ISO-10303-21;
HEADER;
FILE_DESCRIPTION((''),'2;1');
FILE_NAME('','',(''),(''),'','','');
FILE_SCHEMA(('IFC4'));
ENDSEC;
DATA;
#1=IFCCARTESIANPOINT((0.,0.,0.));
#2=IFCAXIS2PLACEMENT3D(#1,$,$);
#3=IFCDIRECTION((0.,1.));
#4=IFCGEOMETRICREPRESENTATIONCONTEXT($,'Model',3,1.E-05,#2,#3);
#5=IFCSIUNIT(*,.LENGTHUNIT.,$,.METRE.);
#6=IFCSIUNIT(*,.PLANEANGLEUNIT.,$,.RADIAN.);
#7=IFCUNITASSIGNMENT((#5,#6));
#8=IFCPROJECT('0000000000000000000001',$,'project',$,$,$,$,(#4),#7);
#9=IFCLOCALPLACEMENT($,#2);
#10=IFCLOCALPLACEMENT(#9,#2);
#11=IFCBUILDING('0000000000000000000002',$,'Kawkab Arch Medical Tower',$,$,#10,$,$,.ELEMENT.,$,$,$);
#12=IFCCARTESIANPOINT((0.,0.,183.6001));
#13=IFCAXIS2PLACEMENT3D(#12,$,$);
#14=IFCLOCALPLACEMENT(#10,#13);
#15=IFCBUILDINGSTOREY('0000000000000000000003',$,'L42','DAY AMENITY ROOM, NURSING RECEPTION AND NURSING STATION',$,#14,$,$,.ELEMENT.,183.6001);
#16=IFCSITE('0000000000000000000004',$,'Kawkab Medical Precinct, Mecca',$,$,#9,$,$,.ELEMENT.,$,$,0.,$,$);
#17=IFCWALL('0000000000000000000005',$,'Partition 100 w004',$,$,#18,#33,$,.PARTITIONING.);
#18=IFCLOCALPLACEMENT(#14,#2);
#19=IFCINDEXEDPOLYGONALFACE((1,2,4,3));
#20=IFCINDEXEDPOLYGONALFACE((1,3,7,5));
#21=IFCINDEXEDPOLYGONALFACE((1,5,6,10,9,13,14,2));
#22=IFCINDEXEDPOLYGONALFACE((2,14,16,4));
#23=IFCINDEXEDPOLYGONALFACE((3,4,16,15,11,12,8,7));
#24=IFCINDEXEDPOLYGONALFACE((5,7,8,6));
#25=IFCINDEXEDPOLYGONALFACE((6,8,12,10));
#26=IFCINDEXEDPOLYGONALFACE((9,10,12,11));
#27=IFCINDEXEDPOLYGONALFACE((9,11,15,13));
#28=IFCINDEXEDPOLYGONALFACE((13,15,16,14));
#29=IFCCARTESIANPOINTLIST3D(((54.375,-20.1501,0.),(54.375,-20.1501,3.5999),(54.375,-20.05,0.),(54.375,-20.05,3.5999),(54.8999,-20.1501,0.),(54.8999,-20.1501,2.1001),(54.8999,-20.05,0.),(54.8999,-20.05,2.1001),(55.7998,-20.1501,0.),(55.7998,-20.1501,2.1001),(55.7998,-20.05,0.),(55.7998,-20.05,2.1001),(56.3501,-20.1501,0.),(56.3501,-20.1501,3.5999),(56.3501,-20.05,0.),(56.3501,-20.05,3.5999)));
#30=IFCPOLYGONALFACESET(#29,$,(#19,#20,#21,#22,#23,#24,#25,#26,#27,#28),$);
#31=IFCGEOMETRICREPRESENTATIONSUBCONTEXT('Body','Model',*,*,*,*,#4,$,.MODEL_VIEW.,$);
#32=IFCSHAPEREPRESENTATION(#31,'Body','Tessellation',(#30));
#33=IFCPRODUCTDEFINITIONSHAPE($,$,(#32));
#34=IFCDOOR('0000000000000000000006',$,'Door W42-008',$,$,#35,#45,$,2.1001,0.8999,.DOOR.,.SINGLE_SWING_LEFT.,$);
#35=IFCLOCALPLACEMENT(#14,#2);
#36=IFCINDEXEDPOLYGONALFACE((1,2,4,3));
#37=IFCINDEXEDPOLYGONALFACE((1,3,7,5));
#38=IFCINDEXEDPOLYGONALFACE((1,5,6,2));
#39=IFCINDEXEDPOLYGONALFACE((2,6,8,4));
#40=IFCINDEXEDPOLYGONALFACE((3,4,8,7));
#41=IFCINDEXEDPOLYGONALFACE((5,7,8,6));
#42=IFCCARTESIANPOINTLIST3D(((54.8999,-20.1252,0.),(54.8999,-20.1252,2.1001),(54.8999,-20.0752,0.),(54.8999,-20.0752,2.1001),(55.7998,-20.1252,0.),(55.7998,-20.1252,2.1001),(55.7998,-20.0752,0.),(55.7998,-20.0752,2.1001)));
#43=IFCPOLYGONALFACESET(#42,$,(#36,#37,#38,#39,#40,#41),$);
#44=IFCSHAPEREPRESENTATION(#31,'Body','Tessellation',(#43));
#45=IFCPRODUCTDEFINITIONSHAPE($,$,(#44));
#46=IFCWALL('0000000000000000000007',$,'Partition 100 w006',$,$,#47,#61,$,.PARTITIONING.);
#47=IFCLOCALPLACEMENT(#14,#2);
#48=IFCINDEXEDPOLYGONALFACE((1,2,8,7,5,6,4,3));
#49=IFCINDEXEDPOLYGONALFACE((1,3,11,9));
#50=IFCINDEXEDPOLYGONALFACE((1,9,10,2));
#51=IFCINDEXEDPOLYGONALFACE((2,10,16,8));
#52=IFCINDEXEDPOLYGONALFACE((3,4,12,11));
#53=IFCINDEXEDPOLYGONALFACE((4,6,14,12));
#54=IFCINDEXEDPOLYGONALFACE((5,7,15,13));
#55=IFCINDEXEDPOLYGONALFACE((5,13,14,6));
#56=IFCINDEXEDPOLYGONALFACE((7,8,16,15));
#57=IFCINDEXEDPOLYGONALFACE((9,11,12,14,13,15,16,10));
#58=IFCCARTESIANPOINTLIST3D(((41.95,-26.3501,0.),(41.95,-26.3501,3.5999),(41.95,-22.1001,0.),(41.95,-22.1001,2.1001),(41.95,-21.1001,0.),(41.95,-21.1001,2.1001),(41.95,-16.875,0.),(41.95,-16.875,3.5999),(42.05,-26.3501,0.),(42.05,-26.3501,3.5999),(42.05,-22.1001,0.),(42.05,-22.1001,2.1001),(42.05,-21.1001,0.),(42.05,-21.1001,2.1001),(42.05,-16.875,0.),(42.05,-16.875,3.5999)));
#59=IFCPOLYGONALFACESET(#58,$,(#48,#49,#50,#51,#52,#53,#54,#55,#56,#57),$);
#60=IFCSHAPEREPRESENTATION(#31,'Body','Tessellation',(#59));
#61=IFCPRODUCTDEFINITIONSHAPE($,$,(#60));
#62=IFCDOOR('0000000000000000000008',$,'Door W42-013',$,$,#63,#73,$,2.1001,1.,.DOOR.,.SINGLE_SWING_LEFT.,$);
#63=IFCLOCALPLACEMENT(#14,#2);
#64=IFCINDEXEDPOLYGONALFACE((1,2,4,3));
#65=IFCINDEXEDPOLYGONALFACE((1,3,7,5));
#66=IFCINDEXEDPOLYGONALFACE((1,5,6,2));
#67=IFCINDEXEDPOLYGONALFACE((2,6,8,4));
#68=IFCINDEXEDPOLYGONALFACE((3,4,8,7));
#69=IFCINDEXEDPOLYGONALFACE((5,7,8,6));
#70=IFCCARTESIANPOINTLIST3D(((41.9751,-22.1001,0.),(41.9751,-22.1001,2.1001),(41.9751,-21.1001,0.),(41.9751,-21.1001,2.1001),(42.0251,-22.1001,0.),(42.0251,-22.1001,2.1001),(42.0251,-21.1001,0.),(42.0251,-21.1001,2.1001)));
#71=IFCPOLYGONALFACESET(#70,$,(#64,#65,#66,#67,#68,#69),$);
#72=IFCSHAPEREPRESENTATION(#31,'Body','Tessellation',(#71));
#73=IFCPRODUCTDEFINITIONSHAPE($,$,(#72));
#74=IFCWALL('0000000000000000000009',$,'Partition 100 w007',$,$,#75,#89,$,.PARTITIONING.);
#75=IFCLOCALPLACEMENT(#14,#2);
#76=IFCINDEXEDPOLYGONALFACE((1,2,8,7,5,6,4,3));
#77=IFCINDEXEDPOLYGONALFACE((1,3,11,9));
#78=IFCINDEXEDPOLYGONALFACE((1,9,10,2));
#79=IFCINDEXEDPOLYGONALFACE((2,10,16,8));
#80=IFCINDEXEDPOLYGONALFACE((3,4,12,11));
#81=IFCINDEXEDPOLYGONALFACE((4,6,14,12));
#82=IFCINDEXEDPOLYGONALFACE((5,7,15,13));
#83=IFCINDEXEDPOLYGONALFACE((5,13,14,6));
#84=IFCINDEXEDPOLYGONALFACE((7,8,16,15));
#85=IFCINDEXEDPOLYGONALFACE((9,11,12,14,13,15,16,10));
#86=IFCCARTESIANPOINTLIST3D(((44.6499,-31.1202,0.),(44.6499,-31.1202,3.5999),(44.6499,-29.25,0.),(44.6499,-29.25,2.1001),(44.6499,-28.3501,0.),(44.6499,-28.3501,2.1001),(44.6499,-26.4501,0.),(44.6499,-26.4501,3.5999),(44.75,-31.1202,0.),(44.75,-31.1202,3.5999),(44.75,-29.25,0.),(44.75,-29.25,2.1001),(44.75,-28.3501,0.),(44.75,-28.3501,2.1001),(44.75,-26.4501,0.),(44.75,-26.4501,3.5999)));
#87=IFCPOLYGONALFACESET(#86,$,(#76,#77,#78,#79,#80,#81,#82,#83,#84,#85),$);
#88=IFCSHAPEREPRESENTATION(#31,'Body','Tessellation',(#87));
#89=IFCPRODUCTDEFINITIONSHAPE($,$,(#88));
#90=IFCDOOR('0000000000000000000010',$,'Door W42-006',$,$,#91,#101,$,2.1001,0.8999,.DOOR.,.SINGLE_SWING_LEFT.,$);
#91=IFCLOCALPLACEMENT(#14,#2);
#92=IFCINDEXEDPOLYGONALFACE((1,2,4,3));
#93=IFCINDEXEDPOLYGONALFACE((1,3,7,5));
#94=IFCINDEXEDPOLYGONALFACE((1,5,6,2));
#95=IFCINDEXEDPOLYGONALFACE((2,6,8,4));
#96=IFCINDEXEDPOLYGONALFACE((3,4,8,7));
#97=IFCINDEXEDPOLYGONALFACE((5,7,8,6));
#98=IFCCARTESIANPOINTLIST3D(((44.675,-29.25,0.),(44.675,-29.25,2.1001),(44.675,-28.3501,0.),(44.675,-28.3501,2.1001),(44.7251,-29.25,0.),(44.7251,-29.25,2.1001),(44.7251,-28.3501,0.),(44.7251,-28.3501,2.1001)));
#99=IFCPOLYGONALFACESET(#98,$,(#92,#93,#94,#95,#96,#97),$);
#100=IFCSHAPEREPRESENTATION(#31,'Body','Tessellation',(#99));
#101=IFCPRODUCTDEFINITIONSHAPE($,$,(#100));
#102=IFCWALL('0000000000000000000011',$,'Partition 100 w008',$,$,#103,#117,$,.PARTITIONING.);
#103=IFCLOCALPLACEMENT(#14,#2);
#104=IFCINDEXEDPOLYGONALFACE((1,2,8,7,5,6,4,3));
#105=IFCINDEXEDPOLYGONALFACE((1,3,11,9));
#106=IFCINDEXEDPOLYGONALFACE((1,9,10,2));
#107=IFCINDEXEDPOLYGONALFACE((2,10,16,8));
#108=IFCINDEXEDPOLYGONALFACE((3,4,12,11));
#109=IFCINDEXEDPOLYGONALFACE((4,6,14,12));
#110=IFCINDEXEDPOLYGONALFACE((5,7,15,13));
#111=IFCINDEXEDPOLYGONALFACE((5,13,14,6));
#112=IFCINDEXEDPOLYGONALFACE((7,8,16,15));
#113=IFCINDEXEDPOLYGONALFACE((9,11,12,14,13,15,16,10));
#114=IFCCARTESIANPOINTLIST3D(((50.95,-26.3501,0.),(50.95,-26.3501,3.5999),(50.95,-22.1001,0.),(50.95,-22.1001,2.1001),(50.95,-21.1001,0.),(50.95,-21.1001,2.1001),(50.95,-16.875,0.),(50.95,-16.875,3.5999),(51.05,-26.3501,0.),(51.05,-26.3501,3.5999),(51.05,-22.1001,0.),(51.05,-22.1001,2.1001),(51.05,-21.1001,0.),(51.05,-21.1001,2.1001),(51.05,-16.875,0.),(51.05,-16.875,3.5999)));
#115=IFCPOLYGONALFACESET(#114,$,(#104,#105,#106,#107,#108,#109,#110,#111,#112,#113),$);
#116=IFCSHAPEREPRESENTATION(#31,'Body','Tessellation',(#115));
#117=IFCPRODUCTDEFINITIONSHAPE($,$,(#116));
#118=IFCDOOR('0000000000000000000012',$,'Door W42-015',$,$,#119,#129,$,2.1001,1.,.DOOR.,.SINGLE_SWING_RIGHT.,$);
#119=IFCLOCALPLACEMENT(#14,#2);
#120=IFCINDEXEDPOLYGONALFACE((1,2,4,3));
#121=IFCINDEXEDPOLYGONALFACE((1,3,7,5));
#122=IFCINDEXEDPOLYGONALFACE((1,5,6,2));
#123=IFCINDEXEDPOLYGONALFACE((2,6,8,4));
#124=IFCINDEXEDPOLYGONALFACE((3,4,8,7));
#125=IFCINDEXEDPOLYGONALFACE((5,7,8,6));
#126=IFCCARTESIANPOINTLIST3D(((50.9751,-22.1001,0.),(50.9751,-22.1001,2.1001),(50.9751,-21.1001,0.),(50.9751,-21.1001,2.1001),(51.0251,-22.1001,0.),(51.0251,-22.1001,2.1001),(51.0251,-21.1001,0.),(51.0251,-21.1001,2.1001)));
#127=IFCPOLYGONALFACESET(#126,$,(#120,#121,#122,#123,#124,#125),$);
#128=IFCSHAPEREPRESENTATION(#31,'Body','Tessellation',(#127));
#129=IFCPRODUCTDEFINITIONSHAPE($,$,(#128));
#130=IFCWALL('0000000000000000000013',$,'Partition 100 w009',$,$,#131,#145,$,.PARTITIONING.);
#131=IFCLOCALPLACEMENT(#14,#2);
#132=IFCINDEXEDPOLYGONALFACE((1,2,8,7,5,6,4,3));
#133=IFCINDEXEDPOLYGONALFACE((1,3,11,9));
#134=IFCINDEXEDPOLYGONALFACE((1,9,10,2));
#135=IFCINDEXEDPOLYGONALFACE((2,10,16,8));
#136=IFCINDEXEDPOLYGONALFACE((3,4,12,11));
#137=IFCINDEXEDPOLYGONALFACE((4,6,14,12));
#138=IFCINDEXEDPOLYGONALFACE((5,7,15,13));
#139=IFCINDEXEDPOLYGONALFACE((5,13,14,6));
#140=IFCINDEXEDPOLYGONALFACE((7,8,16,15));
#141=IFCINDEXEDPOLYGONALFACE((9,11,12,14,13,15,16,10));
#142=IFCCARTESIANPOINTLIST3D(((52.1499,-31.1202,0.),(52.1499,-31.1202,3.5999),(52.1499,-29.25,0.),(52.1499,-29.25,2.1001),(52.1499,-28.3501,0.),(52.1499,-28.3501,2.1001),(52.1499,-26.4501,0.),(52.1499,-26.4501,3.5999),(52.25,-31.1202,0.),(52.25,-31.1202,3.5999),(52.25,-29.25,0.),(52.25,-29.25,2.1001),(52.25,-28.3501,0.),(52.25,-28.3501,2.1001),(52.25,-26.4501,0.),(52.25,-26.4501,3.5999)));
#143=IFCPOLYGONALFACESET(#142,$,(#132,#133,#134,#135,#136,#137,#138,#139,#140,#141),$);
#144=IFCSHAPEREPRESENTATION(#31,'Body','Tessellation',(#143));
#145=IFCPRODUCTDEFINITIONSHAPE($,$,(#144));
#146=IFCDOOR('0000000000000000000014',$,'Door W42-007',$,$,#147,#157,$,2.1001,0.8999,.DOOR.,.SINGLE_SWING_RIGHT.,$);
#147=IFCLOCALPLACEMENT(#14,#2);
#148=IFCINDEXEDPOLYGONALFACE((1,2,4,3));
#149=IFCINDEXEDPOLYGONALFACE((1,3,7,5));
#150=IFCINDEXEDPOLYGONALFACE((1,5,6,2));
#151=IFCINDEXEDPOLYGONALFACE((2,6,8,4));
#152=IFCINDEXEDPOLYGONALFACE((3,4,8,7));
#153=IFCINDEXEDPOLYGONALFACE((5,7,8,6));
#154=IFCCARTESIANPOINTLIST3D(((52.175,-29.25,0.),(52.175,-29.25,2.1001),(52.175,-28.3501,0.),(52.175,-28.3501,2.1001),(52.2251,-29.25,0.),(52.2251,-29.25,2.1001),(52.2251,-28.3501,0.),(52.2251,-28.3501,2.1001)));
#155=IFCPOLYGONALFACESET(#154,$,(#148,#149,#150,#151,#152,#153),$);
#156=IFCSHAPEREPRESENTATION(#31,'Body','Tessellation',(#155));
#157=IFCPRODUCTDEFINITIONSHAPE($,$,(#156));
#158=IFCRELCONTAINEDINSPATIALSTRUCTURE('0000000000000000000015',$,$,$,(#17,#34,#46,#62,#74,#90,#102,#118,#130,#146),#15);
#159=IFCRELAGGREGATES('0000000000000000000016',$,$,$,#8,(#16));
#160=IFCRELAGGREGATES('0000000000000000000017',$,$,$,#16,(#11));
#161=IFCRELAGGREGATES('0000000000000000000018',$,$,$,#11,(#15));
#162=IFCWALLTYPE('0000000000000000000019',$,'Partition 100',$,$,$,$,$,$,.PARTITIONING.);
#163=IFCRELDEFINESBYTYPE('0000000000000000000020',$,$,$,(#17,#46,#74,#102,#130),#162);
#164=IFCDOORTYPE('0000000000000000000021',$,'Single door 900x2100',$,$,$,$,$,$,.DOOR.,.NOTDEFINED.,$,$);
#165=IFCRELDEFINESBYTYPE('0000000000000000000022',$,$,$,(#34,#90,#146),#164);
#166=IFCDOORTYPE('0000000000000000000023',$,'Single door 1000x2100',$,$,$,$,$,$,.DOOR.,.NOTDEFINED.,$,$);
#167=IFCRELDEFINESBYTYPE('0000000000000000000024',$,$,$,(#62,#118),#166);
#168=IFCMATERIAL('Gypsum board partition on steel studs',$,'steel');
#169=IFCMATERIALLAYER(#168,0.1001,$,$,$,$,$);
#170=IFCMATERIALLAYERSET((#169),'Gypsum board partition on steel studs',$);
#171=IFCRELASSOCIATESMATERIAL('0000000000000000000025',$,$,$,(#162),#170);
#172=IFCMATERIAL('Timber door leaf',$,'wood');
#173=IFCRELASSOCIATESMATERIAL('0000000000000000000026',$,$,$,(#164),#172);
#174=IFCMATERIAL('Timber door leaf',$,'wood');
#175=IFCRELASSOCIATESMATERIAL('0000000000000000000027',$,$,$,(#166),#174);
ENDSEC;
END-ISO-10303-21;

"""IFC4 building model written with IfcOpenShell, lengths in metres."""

from ifc_helpers import new_model, si_unit, direction, frame, frame_2d, origin, place, context, subcontext, project, spatial, rectangle, extrude, material, layer, layer_set, type_object, element, fill, save


model = new_model("IFC4")

# Units and contexts
model_context = context("Model", 3, precision=1e-05, world=origin(), true_north=direction((0.0, 1.0)))
body_context = subcontext(model_context, "Body", "Model", "MODEL_VIEW")
ifc_project = project(units=[si_unit("LENGTHUNIT", "METRE"), si_unit("PLANEANGLEUNIT", "RADIAN")], contexts=[model_context])

# Site, building, storey
site_placement = place(None, origin())
site = spatial("IfcSite", under=ifc_project, at=site_placement, Name="Kawkab Medical Precinct, Mecca", CompositionType="ELEMENT", RefElevation=0.0)
building_placement = place(site_placement, origin())
building = spatial("IfcBuilding", under=site, at=building_placement, Name="Kawkab Arch Medical Tower", CompositionType="ELEMENT")
storey_placement = place(building_placement, frame((0.0, 0.0, 183.6001)))
storey = spatial("IfcBuildingStorey", under=building, at=storey_placement, Name="L42", Description="DAY AMENITY ROOM, NURSING RECEPTION AND NURSING STATION", CompositionType="ELEMENT", Elevation=183.6001)

# Walls, openings, doors
ifc_material_1 = material(Name="Gypsum board partition on steel studs", Category="steel")
ifc_layer_1 = layer(ifc_material_1, 0.1001)
ifc_layer_set_1 = layer_set([ifc_layer_1], Name="Gypsum board partition on steel studs")
wall_type_1 = type_object("IfcWallType", Name="Partition 100", PredefinedType="PARTITIONING", material=ifc_layer_set_1)
wall_1_placement = place(storey_placement, frame((54.375, -20.1001, 0.0), z_axis=(0.0, 0.0, 1.0), x_axis=(1.0, 0.0, 0.0)))
wall_1 = element("IfcWall", 1, at=wall_1_placement, inside=storey, type_object=wall_type_1, Name="Partition 100 w004", PredefinedType="PARTITIONING", context=body_context, shape_type="SweptSolid", body=[
    extrude(rectangle(XDim=1.9751, YDim=0.1001, at=frame_2d((0.9875, 0.0))), origin(), (0.0, 0.0, 1.0), 3.5999),
])
opening_1_placement = place(wall_1_placement, frame((0.5249, 0.0, 0.0)))
opening_1 = element("IfcOpeningElement", 2, at=opening_1_placement, cuts=wall_1, PredefinedType="OPENING", context=body_context, shape_type="SweptSolid", body=[
    extrude(rectangle(XDim=0.8999, YDim=2.1001, at=frame_2d((0.45, 1.05))), frame((0.0, 0.0601, 0.0), z_axis=(0.0, -1.0, 0.0), x_axis=(1.0, 0.0, 0.0)), (0.0, 0.0, 1.0), 0.1201),
])
ifc_material_2 = material(Name="Timber door leaf", Category="wood")
door_type_1 = type_object("IfcDoorType", Name="Single door 900x2100", OperationType="NOTDEFINED", PredefinedType="DOOR", material=ifc_material_2)
door_1_placement = place(opening_1_placement, origin())
door_1 = element("IfcDoor", 3, at=door_1_placement, inside=storey, type_object=door_type_1, Name="Door W42-008", OperationType="SINGLE_SWING_LEFT", OverallHeight=2.1001, OverallWidth=0.8999, PredefinedType="DOOR", context=body_context, shape_type="SweptSolid", body=[
    extrude(rectangle(XDim=0.8999, YDim=2.1001, at=frame_2d((0.45, 1.05))), frame((0.0, 0.0249, 0.0), z_axis=(0.0, -1.0, 0.0), x_axis=(1.0, 0.0, 0.0)), (0.0, 0.0, 1.0), 0.05),
])
fill(opening_1, door_1)
wall_2_placement = place(storey_placement, frame((42.0, -26.3501, 0.0), z_axis=(0.0, 0.0, 1.0), x_axis=(0.0, 1.0, 0.0)))
wall_2 = element("IfcWall", 4, at=wall_2_placement, inside=storey, type_object=wall_type_1, Name="Partition 100 w006", PredefinedType="PARTITIONING", context=body_context, shape_type="SweptSolid", body=[
    extrude(rectangle(XDim=9.4751, YDim=0.1001, at=frame_2d((4.7375, 0.0))), origin(), (0.0, 0.0, 1.0), 3.5999),
])
opening_2_placement = place(wall_2_placement, frame((4.25, 0.0, 0.0)))
opening_2 = element("IfcOpeningElement", 5, at=opening_2_placement, cuts=wall_2, PredefinedType="OPENING", context=body_context, shape_type="SweptSolid", body=[
    extrude(rectangle(XDim=1.0, YDim=2.1001, at=frame_2d((0.5, 1.05))), frame((0.0, 0.0601, 0.0), z_axis=(0.0, -1.0, 0.0), x_axis=(1.0, 0.0, 0.0)), (0.0, 0.0, 1.0), 0.1201),
])
ifc_material_3 = material(Name="Timber door leaf", Category="wood")
door_type_2 = type_object("IfcDoorType", Name="Single door 1000x2100", OperationType="NOTDEFINED", PredefinedType="DOOR", material=ifc_material_3)
door_2_placement = place(opening_2_placement, origin())
door_2 = element("IfcDoor", 6, at=door_2_placement, inside=storey, type_object=door_type_2, Name="Door W42-013", OperationType="SINGLE_SWING_LEFT", OverallHeight=2.1001, OverallWidth=1.0, PredefinedType="DOOR", context=body_context, shape_type="SweptSolid", body=[
    extrude(rectangle(XDim=1.0, YDim=2.1001, at=frame_2d((0.5, 1.05))), frame((0.0, 0.0249, 0.0), z_axis=(0.0, -1.0, 0.0), x_axis=(1.0, 0.0, 0.0)), (0.0, 0.0, 1.0), 0.05),
])
fill(opening_2, door_2)
wall_3_placement = place(storey_placement, frame((44.7, -31.1201, 0.0), z_axis=(0.0, 0.0, 1.0), x_axis=(0.0, 1.0, 0.0)))
wall_3 = element("IfcWall", 7, at=wall_3_placement, inside=storey, type_object=wall_type_1, Name="Partition 100 w007", PredefinedType="PARTITIONING", context=body_context, shape_type="SweptSolid", body=[
    extrude(rectangle(XDim=4.6702, YDim=0.1001, at=frame_2d((2.335, 0.0))), origin(), (0.0, 0.0, 1.0), 3.5999),
])
opening_3_placement = place(wall_3_placement, frame((1.8701, 0.0, 0.0)))
opening_3 = element("IfcOpeningElement", 8, at=opening_3_placement, cuts=wall_3, PredefinedType="OPENING", context=body_context, shape_type="SweptSolid", body=[
    extrude(rectangle(XDim=0.8999, YDim=2.1001, at=frame_2d((0.45, 1.05))), frame((0.0, 0.0601, 0.0), z_axis=(0.0, -1.0, 0.0), x_axis=(1.0, 0.0, 0.0)), (0.0, 0.0, 1.0), 0.1201),
])
door_3_placement = place(opening_3_placement, origin())
door_3 = element("IfcDoor", 9, at=door_3_placement, inside=storey, type_object=door_type_1, Name="Door W42-006", OperationType="SINGLE_SWING_LEFT", OverallHeight=2.1001, OverallWidth=0.8999, PredefinedType="DOOR", context=body_context, shape_type="SweptSolid", body=[
    extrude(rectangle(XDim=0.8999, YDim=2.1001, at=frame_2d((0.45, 1.05))), frame((0.0, 0.0249, 0.0), z_axis=(0.0, -1.0, 0.0), x_axis=(1.0, 0.0, 0.0)), (0.0, 0.0, 1.0), 0.05),
])
fill(opening_3, door_3)
wall_4_placement = place(storey_placement, frame((51.0, -26.3501, 0.0), z_axis=(0.0, 0.0, 1.0), x_axis=(0.0, 1.0, 0.0)))
wall_4 = element("IfcWall", 10, at=wall_4_placement, inside=storey, type_object=wall_type_1, Name="Partition 100 w008", PredefinedType="PARTITIONING", context=body_context, shape_type="SweptSolid", body=[
    extrude(rectangle(XDim=9.4751, YDim=0.1001, at=frame_2d((4.7375, 0.0))), origin(), (0.0, 0.0, 1.0), 3.5999),
])
opening_4_placement = place(wall_4_placement, frame((4.25, 0.0, 0.0)))
opening_4 = element("IfcOpeningElement", 11, at=opening_4_placement, cuts=wall_4, PredefinedType="OPENING", context=body_context, shape_type="SweptSolid", body=[
    extrude(rectangle(XDim=1.0, YDim=2.1001, at=frame_2d((0.5, 1.05))), frame((0.0, 0.0601, 0.0), z_axis=(0.0, -1.0, 0.0), x_axis=(1.0, 0.0, 0.0)), (0.0, 0.0, 1.0), 0.1201),
])
door_4_placement = place(opening_4_placement, origin())
door_4 = element("IfcDoor", 12, at=door_4_placement, inside=storey, type_object=door_type_2, Name="Door W42-015", OperationType="SINGLE_SWING_RIGHT", OverallHeight=2.1001, OverallWidth=1.0, PredefinedType="DOOR", context=body_context, shape_type="SweptSolid", body=[
    extrude(rectangle(XDim=1.0, YDim=2.1001, at=frame_2d((0.5, 1.05))), frame((0.0, 0.0249, 0.0), z_axis=(0.0, -1.0, 0.0), x_axis=(1.0, 0.0, 0.0)), (0.0, 0.0, 1.0), 0.05),
])
fill(opening_4, door_4)
wall_5_placement = place(storey_placement, frame((52.2, -31.1201, 0.0), z_axis=(0.0, 0.0, 1.0), x_axis=(0.0, 1.0, 0.0)))
wall_5 = element("IfcWall", 13, at=wall_5_placement, inside=storey, type_object=wall_type_1, Name="Partition 100 w009", PredefinedType="PARTITIONING", context=body_context, shape_type="SweptSolid", body=[
    extrude(rectangle(XDim=4.6702, YDim=0.1001, at=frame_2d((2.335, 0.0))), origin(), (0.0, 0.0, 1.0), 3.5999),
])
opening_5_placement = place(wall_5_placement, frame((1.8701, 0.0, 0.0)))
opening_5 = element("IfcOpeningElement", 14, at=opening_5_placement, cuts=wall_5, PredefinedType="OPENING", context=body_context, shape_type="SweptSolid", body=[
    extrude(rectangle(XDim=0.8999, YDim=2.1001, at=frame_2d((0.45, 1.05))), frame((0.0, 0.0601, 0.0), z_axis=(0.0, -1.0, 0.0), x_axis=(1.0, 0.0, 0.0)), (0.0, 0.0, 1.0), 0.1201),
])
door_5_placement = place(opening_5_placement, origin())
door_5 = element("IfcDoor", 15, at=door_5_placement, inside=storey, type_object=door_type_1, Name="Door W42-007", OperationType="SINGLE_SWING_RIGHT", OverallHeight=2.1001, OverallWidth=0.8999, PredefinedType="DOOR", context=body_context, shape_type="SweptSolid", body=[
    extrude(rectangle(XDim=0.8999, YDim=2.1001, at=frame_2d((0.45, 1.05))), frame((0.0, 0.0249, 0.0), z_axis=(0.0, -1.0, 0.0), x_axis=(1.0, 0.0, 0.0)), (0.0, 0.0, 1.0), 0.05),
])
fill(opening_5, door_5)

save(model, "model.ifc")
